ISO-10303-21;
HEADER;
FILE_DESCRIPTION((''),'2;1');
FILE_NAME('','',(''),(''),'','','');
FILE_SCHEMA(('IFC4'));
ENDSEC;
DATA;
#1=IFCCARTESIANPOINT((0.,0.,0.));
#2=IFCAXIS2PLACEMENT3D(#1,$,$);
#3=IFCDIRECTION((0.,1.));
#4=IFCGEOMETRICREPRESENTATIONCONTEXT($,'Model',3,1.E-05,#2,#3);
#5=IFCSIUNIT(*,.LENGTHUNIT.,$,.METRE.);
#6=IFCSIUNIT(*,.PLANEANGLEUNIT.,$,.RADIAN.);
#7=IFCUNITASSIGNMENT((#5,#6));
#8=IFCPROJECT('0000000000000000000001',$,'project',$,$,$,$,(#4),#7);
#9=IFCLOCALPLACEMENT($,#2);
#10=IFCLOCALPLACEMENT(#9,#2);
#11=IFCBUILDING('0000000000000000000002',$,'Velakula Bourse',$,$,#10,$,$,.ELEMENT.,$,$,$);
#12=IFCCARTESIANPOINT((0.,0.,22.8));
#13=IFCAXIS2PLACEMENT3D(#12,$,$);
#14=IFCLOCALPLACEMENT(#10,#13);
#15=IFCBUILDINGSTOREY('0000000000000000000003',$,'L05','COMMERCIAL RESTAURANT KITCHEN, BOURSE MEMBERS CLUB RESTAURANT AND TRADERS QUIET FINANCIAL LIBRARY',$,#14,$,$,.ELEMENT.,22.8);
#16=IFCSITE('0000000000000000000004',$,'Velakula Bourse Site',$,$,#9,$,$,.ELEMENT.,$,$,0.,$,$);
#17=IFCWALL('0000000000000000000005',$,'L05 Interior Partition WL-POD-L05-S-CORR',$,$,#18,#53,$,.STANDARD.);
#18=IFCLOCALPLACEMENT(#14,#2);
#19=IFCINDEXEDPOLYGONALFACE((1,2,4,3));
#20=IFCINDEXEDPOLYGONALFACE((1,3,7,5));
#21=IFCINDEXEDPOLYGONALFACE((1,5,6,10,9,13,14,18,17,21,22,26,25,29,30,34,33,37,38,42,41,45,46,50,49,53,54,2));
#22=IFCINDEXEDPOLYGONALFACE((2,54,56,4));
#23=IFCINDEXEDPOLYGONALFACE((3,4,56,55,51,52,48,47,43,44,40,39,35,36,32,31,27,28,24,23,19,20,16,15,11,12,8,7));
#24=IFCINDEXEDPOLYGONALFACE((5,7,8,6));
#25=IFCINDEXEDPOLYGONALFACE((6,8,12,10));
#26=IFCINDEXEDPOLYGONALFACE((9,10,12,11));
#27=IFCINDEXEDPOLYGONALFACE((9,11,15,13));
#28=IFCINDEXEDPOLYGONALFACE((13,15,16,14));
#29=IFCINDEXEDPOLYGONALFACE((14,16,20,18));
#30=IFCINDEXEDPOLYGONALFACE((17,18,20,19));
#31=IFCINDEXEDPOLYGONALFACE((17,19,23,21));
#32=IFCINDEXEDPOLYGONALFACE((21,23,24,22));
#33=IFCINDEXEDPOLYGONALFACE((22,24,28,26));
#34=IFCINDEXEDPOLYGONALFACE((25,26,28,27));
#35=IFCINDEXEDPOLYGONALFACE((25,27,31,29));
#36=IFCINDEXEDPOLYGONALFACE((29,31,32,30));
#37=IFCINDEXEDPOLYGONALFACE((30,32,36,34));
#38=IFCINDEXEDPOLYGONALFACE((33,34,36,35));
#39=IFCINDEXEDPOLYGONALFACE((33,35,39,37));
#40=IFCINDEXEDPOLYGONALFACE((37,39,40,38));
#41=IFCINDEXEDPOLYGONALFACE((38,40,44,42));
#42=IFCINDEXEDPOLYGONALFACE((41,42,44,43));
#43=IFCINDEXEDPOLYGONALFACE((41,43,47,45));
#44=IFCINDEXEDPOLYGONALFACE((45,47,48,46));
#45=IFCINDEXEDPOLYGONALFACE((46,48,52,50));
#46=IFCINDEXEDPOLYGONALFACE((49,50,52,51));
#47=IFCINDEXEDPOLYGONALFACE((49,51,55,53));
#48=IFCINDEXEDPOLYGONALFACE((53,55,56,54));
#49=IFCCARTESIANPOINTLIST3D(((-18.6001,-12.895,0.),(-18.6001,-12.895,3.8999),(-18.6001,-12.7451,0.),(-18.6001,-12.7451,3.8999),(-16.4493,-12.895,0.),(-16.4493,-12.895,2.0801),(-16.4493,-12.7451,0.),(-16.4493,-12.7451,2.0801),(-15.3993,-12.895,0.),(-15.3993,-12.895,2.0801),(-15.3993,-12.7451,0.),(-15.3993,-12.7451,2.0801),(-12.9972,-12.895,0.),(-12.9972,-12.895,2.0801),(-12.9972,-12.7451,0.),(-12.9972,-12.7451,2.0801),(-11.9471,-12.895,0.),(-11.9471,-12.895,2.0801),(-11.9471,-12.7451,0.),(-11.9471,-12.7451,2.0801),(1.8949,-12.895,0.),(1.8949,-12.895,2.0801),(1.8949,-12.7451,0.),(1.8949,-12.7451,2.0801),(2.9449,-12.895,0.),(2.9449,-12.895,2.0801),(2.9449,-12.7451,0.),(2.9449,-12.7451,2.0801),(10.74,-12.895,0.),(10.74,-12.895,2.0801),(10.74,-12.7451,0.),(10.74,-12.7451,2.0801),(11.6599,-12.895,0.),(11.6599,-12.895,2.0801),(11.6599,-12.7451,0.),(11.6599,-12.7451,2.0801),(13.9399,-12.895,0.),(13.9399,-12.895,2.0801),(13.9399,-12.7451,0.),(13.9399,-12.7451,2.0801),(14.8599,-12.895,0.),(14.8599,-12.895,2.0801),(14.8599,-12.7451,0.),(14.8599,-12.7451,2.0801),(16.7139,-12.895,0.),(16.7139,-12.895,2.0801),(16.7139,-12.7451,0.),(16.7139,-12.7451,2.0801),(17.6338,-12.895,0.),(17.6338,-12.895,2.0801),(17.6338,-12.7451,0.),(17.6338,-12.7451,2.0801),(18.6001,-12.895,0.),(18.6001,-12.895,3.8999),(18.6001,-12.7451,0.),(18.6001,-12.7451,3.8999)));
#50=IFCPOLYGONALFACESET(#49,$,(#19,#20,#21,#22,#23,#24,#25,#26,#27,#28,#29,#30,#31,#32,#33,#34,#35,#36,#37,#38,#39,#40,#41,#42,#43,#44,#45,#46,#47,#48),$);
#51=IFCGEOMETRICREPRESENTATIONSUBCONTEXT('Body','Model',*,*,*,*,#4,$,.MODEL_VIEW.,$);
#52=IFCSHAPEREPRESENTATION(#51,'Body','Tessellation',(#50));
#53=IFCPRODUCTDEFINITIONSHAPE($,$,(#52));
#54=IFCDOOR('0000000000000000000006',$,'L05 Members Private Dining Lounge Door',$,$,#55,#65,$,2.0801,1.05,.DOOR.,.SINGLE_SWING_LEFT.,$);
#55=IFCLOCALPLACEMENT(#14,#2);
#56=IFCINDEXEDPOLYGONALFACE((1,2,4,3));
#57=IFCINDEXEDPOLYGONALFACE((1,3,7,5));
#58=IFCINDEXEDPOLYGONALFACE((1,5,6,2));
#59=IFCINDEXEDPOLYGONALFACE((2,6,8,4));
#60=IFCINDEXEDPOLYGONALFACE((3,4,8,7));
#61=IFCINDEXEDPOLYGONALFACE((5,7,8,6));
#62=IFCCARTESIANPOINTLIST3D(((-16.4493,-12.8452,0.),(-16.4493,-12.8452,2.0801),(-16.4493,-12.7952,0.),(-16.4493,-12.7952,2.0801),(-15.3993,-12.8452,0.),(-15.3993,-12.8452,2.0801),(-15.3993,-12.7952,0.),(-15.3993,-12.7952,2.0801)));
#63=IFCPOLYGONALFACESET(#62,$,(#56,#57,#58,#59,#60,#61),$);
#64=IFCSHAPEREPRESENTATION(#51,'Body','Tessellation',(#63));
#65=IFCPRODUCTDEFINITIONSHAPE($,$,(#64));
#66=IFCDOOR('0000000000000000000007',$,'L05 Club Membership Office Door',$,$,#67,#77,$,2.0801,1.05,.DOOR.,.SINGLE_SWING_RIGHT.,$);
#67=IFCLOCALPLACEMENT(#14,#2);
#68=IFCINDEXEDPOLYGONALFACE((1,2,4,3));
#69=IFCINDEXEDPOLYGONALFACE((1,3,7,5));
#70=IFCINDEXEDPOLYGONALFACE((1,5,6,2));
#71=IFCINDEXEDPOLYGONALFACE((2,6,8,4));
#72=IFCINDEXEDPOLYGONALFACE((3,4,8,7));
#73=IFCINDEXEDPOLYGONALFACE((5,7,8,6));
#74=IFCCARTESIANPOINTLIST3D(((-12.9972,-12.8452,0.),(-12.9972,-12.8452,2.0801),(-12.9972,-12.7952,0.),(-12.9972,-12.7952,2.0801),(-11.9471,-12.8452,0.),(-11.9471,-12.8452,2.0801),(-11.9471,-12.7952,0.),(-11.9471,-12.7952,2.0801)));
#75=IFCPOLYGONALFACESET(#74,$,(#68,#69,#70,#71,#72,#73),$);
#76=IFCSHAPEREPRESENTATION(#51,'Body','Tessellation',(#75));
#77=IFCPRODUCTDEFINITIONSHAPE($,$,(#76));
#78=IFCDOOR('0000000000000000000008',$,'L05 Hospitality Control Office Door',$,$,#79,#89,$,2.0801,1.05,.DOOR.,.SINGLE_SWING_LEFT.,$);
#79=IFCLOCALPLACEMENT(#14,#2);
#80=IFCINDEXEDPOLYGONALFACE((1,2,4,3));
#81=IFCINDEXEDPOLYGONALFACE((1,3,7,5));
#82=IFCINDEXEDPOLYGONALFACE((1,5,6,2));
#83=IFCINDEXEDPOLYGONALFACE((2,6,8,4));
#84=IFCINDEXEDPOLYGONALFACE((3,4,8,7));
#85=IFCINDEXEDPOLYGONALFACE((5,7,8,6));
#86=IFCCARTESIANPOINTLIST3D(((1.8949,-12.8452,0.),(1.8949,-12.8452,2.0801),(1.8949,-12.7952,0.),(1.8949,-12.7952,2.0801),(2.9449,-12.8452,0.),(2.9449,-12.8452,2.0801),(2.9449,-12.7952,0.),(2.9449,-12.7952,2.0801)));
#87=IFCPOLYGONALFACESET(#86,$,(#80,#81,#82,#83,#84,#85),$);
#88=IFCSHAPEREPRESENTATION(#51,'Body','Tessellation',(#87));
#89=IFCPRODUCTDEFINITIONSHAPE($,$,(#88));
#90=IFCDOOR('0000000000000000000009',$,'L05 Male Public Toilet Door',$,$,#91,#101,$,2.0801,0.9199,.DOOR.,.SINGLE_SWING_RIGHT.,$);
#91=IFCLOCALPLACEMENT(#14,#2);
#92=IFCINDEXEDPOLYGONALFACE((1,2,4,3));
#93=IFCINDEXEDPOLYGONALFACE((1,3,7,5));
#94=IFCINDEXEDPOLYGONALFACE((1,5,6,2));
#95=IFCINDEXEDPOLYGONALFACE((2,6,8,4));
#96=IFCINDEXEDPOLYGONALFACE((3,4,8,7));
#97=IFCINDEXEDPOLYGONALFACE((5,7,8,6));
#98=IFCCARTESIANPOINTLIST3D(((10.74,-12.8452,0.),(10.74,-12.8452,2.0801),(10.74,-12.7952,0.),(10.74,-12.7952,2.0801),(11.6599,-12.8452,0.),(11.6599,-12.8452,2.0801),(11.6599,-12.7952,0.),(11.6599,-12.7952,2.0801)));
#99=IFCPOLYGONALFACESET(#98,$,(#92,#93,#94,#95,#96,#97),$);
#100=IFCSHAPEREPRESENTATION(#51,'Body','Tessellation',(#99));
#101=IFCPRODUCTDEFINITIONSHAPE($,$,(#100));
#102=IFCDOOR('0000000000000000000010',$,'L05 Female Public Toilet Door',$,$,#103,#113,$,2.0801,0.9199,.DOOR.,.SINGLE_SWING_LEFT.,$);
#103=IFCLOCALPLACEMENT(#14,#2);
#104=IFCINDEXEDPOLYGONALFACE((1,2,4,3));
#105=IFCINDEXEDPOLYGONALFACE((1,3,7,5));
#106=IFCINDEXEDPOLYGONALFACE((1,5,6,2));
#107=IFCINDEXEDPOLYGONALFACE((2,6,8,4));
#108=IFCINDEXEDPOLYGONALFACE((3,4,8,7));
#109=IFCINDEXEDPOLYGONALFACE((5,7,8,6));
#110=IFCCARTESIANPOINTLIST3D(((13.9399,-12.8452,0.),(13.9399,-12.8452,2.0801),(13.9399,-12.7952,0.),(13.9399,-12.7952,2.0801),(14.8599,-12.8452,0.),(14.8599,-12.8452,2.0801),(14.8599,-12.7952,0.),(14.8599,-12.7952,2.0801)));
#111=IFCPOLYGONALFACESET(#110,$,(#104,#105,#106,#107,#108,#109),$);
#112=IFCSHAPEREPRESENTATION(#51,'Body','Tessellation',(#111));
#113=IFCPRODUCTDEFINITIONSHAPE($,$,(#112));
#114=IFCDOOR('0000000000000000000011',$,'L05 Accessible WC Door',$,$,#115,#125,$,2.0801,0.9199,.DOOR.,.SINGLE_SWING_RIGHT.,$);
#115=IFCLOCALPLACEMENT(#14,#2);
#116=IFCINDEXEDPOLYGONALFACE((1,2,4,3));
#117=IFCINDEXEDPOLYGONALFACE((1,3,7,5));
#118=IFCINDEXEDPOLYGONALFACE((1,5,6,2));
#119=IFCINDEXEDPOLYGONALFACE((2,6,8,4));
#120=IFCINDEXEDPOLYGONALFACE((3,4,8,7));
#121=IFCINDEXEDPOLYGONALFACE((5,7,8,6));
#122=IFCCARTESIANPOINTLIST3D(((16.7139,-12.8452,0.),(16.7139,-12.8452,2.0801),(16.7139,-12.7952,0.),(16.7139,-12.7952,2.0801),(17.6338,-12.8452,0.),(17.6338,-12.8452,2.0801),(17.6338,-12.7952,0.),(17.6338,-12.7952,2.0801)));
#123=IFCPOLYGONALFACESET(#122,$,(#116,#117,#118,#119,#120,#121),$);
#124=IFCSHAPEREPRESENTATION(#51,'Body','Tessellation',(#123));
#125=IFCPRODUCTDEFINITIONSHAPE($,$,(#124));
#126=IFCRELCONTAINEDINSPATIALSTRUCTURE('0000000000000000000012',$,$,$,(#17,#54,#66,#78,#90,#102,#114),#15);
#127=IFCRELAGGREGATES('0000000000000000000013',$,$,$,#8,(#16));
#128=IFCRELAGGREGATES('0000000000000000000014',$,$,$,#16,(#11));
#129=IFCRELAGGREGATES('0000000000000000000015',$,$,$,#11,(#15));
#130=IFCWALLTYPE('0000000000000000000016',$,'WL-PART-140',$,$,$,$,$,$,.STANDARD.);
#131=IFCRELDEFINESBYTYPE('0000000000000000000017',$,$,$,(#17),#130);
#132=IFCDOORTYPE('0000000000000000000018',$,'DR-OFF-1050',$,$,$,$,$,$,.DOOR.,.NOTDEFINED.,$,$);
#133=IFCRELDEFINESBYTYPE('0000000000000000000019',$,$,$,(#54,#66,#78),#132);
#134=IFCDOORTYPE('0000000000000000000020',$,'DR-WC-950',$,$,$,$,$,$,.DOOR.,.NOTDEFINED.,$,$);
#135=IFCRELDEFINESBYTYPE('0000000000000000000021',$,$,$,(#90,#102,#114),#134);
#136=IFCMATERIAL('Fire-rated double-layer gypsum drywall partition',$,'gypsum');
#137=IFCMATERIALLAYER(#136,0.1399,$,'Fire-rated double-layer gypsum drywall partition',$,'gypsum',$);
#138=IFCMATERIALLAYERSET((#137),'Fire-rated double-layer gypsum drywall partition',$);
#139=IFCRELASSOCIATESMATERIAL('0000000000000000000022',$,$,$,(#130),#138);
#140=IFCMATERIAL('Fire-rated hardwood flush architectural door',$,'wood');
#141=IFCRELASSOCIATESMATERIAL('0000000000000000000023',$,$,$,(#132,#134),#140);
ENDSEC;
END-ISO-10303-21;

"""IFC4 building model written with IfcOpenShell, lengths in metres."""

from ifc_helpers import new_model, si_unit, direction, frame, frame_2d, origin, place, context, subcontext, project, spatial, rectangle, extrude, material, layer, layer_set, type_object, element, fill, save


model = new_model("IFC4")

# Units and contexts
model_context = context("Model", 3, precision=1e-05, world=origin(), true_north=direction((0.0, 1.0)))
body_context = subcontext(model_context, "Body", "Model", "MODEL_VIEW")
ifc_project = project(units=[si_unit("LENGTHUNIT", "METRE"), si_unit("PLANEANGLEUNIT", "RADIAN")], contexts=[model_context])

# Site, building, storey
site_placement = place(None, origin())
site = spatial("IfcSite", under=ifc_project, at=site_placement, Name="Velakula Bourse Site", CompositionType="ELEMENT", RefElevation=0.0)
building_placement = place(site_placement, origin())
building = spatial("IfcBuilding", under=site, at=building_placement, Name="Velakula Bourse", CompositionType="ELEMENT")
storey_placement = place(building_placement, frame((0.0, 0.0, 22.8)))
storey = spatial("IfcBuildingStorey", under=building, at=storey_placement, Name="L05", Description="COMMERCIAL RESTAURANT KITCHEN, BOURSE MEMBERS CLUB RESTAURANT AND TRADERS QUIET FINANCIAL LIBRARY", CompositionType="ELEMENT", Elevation=22.8)

# Wall, openings, doors
ifc_material_1 = material(Name="Fire-rated double-layer gypsum drywall partition", Category="gypsum")
ifc_layer = layer(ifc_material_1, 0.1399, Name="Fire-rated double-layer gypsum drywall partition", Category="gypsum")
ifc_layer_set = layer_set([ifc_layer], Name="Fire-rated double-layer gypsum drywall partition")
wall_type = type_object("IfcWallType", Name="WL-PART-140", PredefinedType="STANDARD", material=ifc_layer_set)
wall_placement = place(storey_placement, frame((-18.6001, -12.8201, 0.0), z_axis=(0.0, 0.0, 1.0), x_axis=(1.0, 0.0, 0.0)))
wall = element("IfcWall", 1, at=wall_placement, inside=storey, type_object=wall_type, Name="L05 Interior Partition WL-POD-L05-S-CORR", PredefinedType="STANDARD", context=body_context, shape_type="SweptSolid", body=[
    extrude(rectangle(XDim=37.2002, YDim=0.1499, at=frame_2d((18.6001, 0.0))), origin(), (0.0, 0.0, 1.0), 3.8999),
])
opening_1_placement = place(wall_placement, frame((29.3401, 0.0, 0.0)))
opening_1 = element("IfcOpeningElement", 2, at=opening_1_placement, cuts=wall, PredefinedType="OPENING", context=body_context, shape_type="SweptSolid", body=[
    extrude(rectangle(XDim=0.9199, YDim=2.0801, at=frame_2d((0.46, 1.04))), frame((0.0, 0.085, 0.0), z_axis=(0.0, -1.0, 0.0), x_axis=(1.0, 0.0, 0.0)), (0.0, 0.0, 1.0), 0.1699),
])
opening_2_placement = place(wall_placement, frame((32.54, 0.0, 0.0)))
opening_2 = element("IfcOpeningElement", 3, at=opening_2_placement, cuts=wall, PredefinedType="OPENING", context=body_context, shape_type="SweptSolid", body=[
    extrude(rectangle(XDim=0.9199, YDim=2.0801, at=frame_2d((0.46, 1.04))), frame((0.0, 0.085, 0.0), z_axis=(0.0, -1.0, 0.0), x_axis=(1.0, 0.0, 0.0)), (0.0, 0.0, 1.0), 0.1699),
])
opening_3_placement = place(wall_placement, frame((35.314, 0.0, 0.0)))
opening_3 = element("IfcOpeningElement", 4, at=opening_3_placement, cuts=wall, PredefinedType="OPENING", context=body_context, shape_type="SweptSolid", body=[
    extrude(rectangle(XDim=0.9199, YDim=2.0801, at=frame_2d((0.46, 1.04))), frame((0.0, 0.085, 0.0), z_axis=(0.0, -1.0, 0.0), x_axis=(1.0, 0.0, 0.0)), (0.0, 0.0, 1.0), 0.1699),
])
opening_4_placement = place(wall_placement, frame((2.1509, 0.0, 0.0)))
opening_4 = element("IfcOpeningElement", 5, at=opening_4_placement, cuts=wall, PredefinedType="OPENING", context=body_context, shape_type="SweptSolid", body=[
    extrude(rectangle(XDim=1.05, YDim=2.0801, at=frame_2d((0.5249, 1.04))), frame((0.0, 0.085, 0.0), z_axis=(0.0, -1.0, 0.0), x_axis=(1.0, 0.0, 0.0)), (0.0, 0.0, 1.0), 0.1699),
])
opening_5_placement = place(wall_placement, frame((5.603, 0.0, 0.0)))
opening_5 = element("IfcOpeningElement", 6, at=opening_5_placement, cuts=wall, PredefinedType="OPENING", context=body_context, shape_type="SweptSolid", body=[
    extrude(rectangle(XDim=1.05, YDim=2.0801, at=frame_2d((0.5249, 1.04))), frame((0.0, 0.085, 0.0), z_axis=(0.0, -1.0, 0.0), x_axis=(1.0, 0.0, 0.0)), (0.0, 0.0, 1.0), 0.1699),
])
opening_6_placement = place(wall_placement, frame((20.4951, 0.0, 0.0)))
opening_6 = element("IfcOpeningElement", 7, at=opening_6_placement, cuts=wall, PredefinedType="OPENING", context=body_context, shape_type="SweptSolid", body=[
    extrude(rectangle(XDim=1.05, YDim=2.0801, at=frame_2d((0.5249, 1.04))), frame((0.0, 0.085, 0.0), z_axis=(0.0, -1.0, 0.0), x_axis=(1.0, 0.0, 0.0)), (0.0, 0.0, 1.0), 0.1699),
])
ifc_material_2 = material(Name="Fire-rated hardwood flush architectural door", Category="wood")
door_type_1 = type_object("IfcDoorType", Name="DR-OFF-1050", OperationType="NOTDEFINED", PredefinedType="DOOR", material=ifc_material_2)
door_1_placement = place(opening_4_placement, origin())
door_1 = element("IfcDoor", 8, at=door_1_placement, inside=storey, type_object=door_type_1, Name="L05 Members Private Dining Lounge Door", OperationType="SINGLE_SWING_LEFT", OverallHeight=2.0801, OverallWidth=1.05, PredefinedType="DOOR", context=body_context, shape_type="SweptSolid", body=[
    extrude(rectangle(XDim=1.05, YDim=2.0801, at=frame_2d((0.5249, 1.04))), frame((0.0, 0.0249, 0.0), z_axis=(0.0, -1.0, 0.0), x_axis=(1.0, 0.0, 0.0)), (0.0, 0.0, 1.0), 0.05),
])
fill(opening_4, door_1)
door_2_placement = place(opening_5_placement, origin())
door_2 = element("IfcDoor", 9, at=door_2_placement, inside=storey, type_object=door_type_1, Name="L05 Club Membership Office Door", OperationType="SINGLE_SWING_RIGHT", OverallHeight=2.0801, OverallWidth=1.05, PredefinedType="DOOR", context=body_context, shape_type="SweptSolid", body=[
    extrude(rectangle(XDim=1.05, YDim=2.0801, at=frame_2d((0.5249, 1.04))), frame((0.0, 0.0249, 0.0), z_axis=(0.0, -1.0, 0.0), x_axis=(1.0, 0.0, 0.0)), (0.0, 0.0, 1.0), 0.05),
])
fill(opening_5, door_2)
door_3_placement = place(opening_6_placement, origin())
door_3 = element("IfcDoor", 10, at=door_3_placement, inside=storey, type_object=door_type_1, Name="L05 Hospitality Control Office Door", OperationType="SINGLE_SWING_LEFT", OverallHeight=2.0801, OverallWidth=1.05, PredefinedType="DOOR", context=body_context, shape_type="SweptSolid", body=[
    extrude(rectangle(XDim=1.05, YDim=2.0801, at=frame_2d((0.5249, 1.04))), frame((0.0, 0.0249, 0.0), z_axis=(0.0, -1.0, 0.0), x_axis=(1.0, 0.0, 0.0)), (0.0, 0.0, 1.0), 0.05),
])
fill(opening_6, door_3)
door_type_2 = type_object("IfcDoorType", Name="DR-WC-950", OperationType="NOTDEFINED", PredefinedType="DOOR", material=ifc_material_2)
door_4_placement = place(opening_1_placement, origin())
door_4 = element("IfcDoor", 11, at=door_4_placement, inside=storey, type_object=door_type_2, Name="L05 Male Public Toilet Door", OperationType="SINGLE_SWING_RIGHT", OverallHeight=2.0801, OverallWidth=0.9199, PredefinedType="DOOR", context=body_context, shape_type="SweptSolid", body=[
    extrude(rectangle(XDim=0.9199, YDim=2.0801, at=frame_2d((0.46, 1.04))), frame((0.0, 0.0249, 0.0), z_axis=(0.0, -1.0, 0.0), x_axis=(1.0, 0.0, 0.0)), (0.0, 0.0, 1.0), 0.05),
])
fill(opening_1, door_4)
door_5_placement = place(opening_2_placement, origin())
door_5 = element("IfcDoor", 12, at=door_5_placement, inside=storey, type_object=door_type_2, Name="L05 Female Public Toilet Door", OperationType="SINGLE_SWING_LEFT", OverallHeight=2.0801, OverallWidth=0.9199, PredefinedType="DOOR", context=body_context, shape_type="SweptSolid", body=[
    extrude(rectangle(XDim=0.9199, YDim=2.0801, at=frame_2d((0.46, 1.04))), frame((0.0, 0.0249, 0.0), z_axis=(0.0, -1.0, 0.0), x_axis=(1.0, 0.0, 0.0)), (0.0, 0.0, 1.0), 0.05),
])
fill(opening_2, door_5)
door_6_placement = place(opening_3_placement, origin())
door_6 = element("IfcDoor", 13, at=door_6_placement, inside=storey, type_object=door_type_2, Name="L05 Accessible WC Door", OperationType="SINGLE_SWING_RIGHT", OverallHeight=2.0801, OverallWidth=0.9199, PredefinedType="DOOR", context=body_context, shape_type="SweptSolid", body=[
    extrude(rectangle(XDim=0.9199, YDim=2.0801, at=frame_2d((0.46, 1.04))), frame((0.0, 0.0249, 0.0), z_axis=(0.0, -1.0, 0.0), x_axis=(1.0, 0.0, 0.0)), (0.0, 0.0, 1.0), 0.05),
])
fill(opening_3, door_6)

save(model, "model.ifc")
